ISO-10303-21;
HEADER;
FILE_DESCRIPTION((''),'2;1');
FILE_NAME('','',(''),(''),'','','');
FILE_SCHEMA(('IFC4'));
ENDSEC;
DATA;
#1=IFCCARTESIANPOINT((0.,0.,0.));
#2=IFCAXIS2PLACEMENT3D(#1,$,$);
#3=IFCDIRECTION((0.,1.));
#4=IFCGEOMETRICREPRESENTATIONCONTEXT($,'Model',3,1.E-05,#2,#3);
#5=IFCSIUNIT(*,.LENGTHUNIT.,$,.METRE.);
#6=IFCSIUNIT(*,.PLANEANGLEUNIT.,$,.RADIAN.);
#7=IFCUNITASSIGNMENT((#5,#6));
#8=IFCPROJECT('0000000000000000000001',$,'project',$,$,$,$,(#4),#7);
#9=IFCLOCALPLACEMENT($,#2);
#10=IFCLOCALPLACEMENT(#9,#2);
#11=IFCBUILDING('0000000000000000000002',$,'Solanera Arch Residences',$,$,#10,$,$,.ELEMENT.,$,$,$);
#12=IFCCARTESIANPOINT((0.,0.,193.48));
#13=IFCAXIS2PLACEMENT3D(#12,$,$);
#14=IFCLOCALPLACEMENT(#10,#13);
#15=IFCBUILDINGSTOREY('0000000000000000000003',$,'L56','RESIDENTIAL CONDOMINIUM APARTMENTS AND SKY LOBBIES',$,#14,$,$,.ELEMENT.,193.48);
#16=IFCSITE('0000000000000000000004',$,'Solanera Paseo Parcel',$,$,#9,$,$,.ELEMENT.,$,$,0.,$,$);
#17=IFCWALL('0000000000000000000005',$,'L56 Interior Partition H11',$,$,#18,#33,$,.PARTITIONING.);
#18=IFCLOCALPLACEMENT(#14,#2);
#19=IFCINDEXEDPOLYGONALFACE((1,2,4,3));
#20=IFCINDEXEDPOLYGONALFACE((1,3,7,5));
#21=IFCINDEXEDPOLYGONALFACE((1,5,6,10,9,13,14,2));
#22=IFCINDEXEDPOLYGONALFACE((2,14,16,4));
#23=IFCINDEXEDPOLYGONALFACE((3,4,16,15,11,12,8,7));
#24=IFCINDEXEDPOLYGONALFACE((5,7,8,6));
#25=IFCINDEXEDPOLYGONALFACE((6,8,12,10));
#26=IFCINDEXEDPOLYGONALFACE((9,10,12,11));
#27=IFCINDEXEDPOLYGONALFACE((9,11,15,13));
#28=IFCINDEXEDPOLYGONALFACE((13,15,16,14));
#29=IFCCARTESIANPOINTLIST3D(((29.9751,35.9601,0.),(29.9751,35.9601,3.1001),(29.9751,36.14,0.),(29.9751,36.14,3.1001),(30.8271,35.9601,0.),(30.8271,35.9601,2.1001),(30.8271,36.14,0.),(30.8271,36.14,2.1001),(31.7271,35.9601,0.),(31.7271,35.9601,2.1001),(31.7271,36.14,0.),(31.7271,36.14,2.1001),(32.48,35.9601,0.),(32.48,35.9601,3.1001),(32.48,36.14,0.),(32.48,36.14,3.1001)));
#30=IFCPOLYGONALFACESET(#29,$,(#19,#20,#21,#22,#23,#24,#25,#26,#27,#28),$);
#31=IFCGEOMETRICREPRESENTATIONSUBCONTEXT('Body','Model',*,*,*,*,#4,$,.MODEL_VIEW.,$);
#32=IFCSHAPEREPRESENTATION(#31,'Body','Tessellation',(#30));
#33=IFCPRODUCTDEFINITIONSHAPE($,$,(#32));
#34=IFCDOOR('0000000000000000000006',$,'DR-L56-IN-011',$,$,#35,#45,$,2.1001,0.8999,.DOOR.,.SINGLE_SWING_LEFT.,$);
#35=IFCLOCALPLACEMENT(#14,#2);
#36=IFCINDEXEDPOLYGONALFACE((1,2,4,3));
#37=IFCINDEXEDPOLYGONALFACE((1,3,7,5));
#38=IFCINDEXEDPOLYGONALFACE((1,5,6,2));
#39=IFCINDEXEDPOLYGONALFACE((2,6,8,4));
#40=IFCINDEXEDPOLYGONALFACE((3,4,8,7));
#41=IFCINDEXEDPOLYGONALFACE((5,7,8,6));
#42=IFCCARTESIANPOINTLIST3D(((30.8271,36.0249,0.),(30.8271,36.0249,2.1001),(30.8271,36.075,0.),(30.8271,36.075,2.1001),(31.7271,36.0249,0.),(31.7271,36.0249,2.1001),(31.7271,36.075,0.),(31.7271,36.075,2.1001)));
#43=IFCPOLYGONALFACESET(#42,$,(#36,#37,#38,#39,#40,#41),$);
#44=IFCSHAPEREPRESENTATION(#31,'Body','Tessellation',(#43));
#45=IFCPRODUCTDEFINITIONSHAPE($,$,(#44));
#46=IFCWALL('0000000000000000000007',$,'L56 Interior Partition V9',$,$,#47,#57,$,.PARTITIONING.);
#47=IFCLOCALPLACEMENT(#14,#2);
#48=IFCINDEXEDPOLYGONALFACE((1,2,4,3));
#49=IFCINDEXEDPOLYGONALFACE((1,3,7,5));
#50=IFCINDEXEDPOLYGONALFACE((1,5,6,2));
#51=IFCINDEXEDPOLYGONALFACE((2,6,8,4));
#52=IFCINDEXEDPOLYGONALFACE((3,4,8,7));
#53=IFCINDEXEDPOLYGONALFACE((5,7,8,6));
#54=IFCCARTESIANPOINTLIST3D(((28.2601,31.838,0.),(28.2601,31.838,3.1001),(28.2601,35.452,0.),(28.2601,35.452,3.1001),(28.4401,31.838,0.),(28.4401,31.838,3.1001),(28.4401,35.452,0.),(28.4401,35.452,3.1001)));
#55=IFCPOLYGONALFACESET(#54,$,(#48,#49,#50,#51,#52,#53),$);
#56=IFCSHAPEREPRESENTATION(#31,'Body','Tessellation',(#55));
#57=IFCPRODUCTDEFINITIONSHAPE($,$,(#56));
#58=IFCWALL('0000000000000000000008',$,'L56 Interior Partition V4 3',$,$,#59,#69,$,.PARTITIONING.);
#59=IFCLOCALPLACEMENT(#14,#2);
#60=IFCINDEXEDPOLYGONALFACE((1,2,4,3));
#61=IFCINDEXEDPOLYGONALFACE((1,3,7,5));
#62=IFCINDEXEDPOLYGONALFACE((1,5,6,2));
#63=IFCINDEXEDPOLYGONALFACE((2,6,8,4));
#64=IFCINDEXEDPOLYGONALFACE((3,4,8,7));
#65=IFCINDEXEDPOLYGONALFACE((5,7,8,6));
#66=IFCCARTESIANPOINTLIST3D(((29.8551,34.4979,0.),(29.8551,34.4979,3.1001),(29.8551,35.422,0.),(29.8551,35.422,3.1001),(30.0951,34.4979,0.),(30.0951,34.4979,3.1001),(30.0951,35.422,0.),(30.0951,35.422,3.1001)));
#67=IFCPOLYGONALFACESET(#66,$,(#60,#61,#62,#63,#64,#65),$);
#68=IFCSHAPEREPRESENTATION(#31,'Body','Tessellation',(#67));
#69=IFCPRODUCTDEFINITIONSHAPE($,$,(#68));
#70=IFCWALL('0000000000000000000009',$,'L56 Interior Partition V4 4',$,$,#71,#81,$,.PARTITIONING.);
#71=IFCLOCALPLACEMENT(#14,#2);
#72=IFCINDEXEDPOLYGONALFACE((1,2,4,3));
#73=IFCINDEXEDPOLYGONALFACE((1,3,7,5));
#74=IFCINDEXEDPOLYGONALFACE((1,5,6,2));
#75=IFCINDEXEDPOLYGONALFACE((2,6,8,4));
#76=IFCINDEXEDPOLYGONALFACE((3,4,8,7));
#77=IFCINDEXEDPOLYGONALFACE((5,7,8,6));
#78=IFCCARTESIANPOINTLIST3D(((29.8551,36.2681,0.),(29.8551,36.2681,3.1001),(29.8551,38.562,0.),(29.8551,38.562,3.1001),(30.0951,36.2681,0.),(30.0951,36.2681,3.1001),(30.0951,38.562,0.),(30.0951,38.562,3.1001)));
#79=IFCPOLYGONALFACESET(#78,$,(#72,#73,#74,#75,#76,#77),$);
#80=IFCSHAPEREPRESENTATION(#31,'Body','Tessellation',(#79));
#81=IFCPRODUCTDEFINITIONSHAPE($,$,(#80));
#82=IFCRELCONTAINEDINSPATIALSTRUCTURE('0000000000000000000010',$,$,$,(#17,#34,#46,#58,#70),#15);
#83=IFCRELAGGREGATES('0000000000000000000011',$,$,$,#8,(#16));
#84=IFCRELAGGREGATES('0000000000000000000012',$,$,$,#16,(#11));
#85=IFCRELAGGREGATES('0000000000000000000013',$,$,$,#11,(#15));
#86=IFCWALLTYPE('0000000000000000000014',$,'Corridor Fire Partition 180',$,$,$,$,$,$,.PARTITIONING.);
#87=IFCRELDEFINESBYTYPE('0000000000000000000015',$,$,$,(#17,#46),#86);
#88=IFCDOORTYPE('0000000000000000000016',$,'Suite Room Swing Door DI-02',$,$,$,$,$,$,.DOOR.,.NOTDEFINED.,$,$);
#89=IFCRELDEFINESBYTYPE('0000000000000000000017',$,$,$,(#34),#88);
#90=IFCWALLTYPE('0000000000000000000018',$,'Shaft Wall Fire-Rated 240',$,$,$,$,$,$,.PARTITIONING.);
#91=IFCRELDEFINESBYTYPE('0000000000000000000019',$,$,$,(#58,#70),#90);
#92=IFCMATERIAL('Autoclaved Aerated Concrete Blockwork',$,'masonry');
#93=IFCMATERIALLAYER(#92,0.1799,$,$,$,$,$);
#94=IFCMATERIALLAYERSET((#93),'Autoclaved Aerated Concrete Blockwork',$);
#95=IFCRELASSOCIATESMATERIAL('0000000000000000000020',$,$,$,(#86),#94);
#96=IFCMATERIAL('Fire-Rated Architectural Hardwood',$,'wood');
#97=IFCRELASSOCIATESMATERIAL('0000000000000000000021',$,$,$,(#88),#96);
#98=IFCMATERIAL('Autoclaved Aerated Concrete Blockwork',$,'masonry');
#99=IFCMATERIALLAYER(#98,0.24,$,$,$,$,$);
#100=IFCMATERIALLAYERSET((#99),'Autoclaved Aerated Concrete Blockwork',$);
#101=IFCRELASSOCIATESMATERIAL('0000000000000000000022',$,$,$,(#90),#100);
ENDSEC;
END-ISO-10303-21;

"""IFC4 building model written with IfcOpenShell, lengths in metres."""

from ifc_helpers import new_model, si_unit, direction, frame, frame_2d, origin, place, context, subcontext, project, spatial, rectangle, extrude, material, layer, layer_set, type_object, element, fill, save


model = new_model("IFC4")

# Units and contexts
model_context = context("Model", 3, precision=1e-05, world=origin(), true_north=direction((0.0, 1.0)))
body_context = subcontext(model_context, "Body", "Model", "MODEL_VIEW")
ifc_project = project(units=[si_unit("LENGTHUNIT", "METRE"), si_unit("PLANEANGLEUNIT", "RADIAN")], contexts=[model_context])

# Site, building, storey
site_placement = place(None, origin())
site = spatial("IfcSite", under=ifc_project, at=site_placement, Name="Solanera Paseo Parcel", CompositionType="ELEMENT", RefElevation=0.0)
building_placement = place(site_placement, origin())
building = spatial("IfcBuilding", under=site, at=building_placement, Name="Solanera Arch Residences", CompositionType="ELEMENT")
storey_placement = place(building_placement, frame((0.0, 0.0, 193.48)))
storey = spatial("IfcBuildingStorey", under=building, at=storey_placement, Name="L56", Description="RESIDENTIAL CONDOMINIUM APARTMENTS AND SKY LOBBIES", CompositionType="ELEMENT", Elevation=193.48)

# Wall, opening, door
ifc_material_1 = material(Name="Autoclaved Aerated Concrete Blockwork", Category="masonry")
ifc_layer_1 = layer(ifc_material_1, 0.1799)
ifc_layer_set_1 = layer_set([ifc_layer_1], Name="Autoclaved Aerated Concrete Blockwork")
wall_type_1 = type_object("IfcWallType", Name="Corridor Fire Partition 180", PredefinedType="PARTITIONING", material=ifc_layer_set_1)
wall_1_placement = place(storey_placement, frame((29.9751, 36.05, 0.0), z_axis=(0.0, 0.0, 1.0), x_axis=(1.0, 0.0, 0.0)))
wall_1 = element("IfcWall", 1, at=wall_1_placement, inside=storey, type_object=wall_type_1, Name="L56 Interior Partition H11", PredefinedType="PARTITIONING", context=body_context, shape_type="SweptSolid", body=[
    extrude(rectangle(XDim=2.5049, YDim=0.1799, at=frame_2d((1.2524, 0.0))), origin(), (0.0, 0.0, 1.0), 3.1001),
])
opening_1_placement = place(wall_1_placement, frame((0.8521, 0.0, 0.0)))
opening_1 = element("IfcOpeningElement", 2, at=opening_1_placement, cuts=wall_1, PredefinedType="OPENING", context=body_context, shape_type="SweptSolid", body=[
    extrude(rectangle(XDim=0.8999, YDim=2.1001, at=frame_2d((0.45, 1.05))), frame((0.0, 0.1001, 0.0), z_axis=(0.0, -1.0, 0.0), x_axis=(1.0, 0.0, 0.0)), (0.0, 0.0, 1.0), 0.1999),
])
ifc_material_2 = material(Name="Fire-Rated Architectural Hardwood", Category="wood")
door_type_1 = type_object("IfcDoorType", Name="Suite Room Swing Door DI-02", OperationType="NOTDEFINED", PredefinedType="DOOR", material=ifc_material_2)
door_1_placement = place(opening_1_placement, origin())
door_1 = element("IfcDoor", 3, at=door_1_placement, inside=storey, type_object=door_type_1, Name="DR-L56-IN-011", OperationType="SINGLE_SWING_LEFT", OverallHeight=2.1001, OverallWidth=0.8999, PredefinedType="DOOR", context=body_context, shape_type="SweptSolid", body=[
    extrude(rectangle(XDim=0.8999, YDim=2.1001, at=frame_2d((0.45, 1.05))), frame((0.0, 0.0249, 0.0), z_axis=(0.0, -1.0, 0.0), x_axis=(1.0, 0.0, 0.0)), (0.0, 0.0, 1.0), 0.05),
])
fill(opening_1, door_1)

# Wall
wall_2_placement = place(storey_placement, frame((28.3501, 31.8379, 0.0), z_axis=(0.0, 0.0, 1.0), x_axis=(0.0, 1.0, 0.0)))
element("IfcWall", 4, at=wall_2_placement, inside=storey, type_object=wall_type_1, Name="L56 Interior Partition V9", PredefinedType="PARTITIONING", context=body_context, shape_type="SweptSolid", body=[
    extrude(rectangle(XDim=3.614, YDim=0.1799, at=frame_2d((1.8071, 0.0))), origin(), (0.0, 0.0, 1.0), 3.1001),
])

# Shared definitions
ifc_material_3 = material(Name="Autoclaved Aerated Concrete Blockwork", Category="masonry")
ifc_layer_2 = layer(ifc_material_3, 0.24)
ifc_layer_set_2 = layer_set([ifc_layer_2], Name="Autoclaved Aerated Concrete Blockwork")
wall_type_2 = type_object("IfcWallType", Name="Shaft Wall Fire-Rated 240", PredefinedType="PARTITIONING", material=ifc_layer_set_2)

# Walls
wall_3_placement = place(storey_placement, frame((29.9751, 34.498, 0.0), z_axis=(0.0, 0.0, 1.0), x_axis=(0.0, 1.0, 0.0)))
element("IfcWall", 5, at=wall_3_placement, inside=storey, type_object=wall_type_2, Name="L56 Interior Partition V4 3", PredefinedType="PARTITIONING", context=body_context, shape_type="SweptSolid", body=[
    extrude(rectangle(XDim=0.9241, YDim=0.24, at=frame_2d((0.4619, 0.0))), origin(), (0.0, 0.0, 1.0), 3.1001),
])
wall_4_placement = place(storey_placement, frame((29.9751, 36.2681, 0.0), z_axis=(0.0, 0.0, 1.0), x_axis=(0.0, 1.0, 0.0)))
element("IfcWall", 6, at=wall_4_placement, inside=storey, type_object=wall_type_2, Name="L56 Interior Partition V4 4", PredefinedType="PARTITIONING", context=body_context, shape_type="SweptSolid", body=[
    extrude(rectangle(XDim=2.2939, YDim=0.24, at=frame_2d((1.147, 0.0))), origin(), (0.0, 0.0, 1.0), 3.1001),
])

save(model, "model.ifc")
